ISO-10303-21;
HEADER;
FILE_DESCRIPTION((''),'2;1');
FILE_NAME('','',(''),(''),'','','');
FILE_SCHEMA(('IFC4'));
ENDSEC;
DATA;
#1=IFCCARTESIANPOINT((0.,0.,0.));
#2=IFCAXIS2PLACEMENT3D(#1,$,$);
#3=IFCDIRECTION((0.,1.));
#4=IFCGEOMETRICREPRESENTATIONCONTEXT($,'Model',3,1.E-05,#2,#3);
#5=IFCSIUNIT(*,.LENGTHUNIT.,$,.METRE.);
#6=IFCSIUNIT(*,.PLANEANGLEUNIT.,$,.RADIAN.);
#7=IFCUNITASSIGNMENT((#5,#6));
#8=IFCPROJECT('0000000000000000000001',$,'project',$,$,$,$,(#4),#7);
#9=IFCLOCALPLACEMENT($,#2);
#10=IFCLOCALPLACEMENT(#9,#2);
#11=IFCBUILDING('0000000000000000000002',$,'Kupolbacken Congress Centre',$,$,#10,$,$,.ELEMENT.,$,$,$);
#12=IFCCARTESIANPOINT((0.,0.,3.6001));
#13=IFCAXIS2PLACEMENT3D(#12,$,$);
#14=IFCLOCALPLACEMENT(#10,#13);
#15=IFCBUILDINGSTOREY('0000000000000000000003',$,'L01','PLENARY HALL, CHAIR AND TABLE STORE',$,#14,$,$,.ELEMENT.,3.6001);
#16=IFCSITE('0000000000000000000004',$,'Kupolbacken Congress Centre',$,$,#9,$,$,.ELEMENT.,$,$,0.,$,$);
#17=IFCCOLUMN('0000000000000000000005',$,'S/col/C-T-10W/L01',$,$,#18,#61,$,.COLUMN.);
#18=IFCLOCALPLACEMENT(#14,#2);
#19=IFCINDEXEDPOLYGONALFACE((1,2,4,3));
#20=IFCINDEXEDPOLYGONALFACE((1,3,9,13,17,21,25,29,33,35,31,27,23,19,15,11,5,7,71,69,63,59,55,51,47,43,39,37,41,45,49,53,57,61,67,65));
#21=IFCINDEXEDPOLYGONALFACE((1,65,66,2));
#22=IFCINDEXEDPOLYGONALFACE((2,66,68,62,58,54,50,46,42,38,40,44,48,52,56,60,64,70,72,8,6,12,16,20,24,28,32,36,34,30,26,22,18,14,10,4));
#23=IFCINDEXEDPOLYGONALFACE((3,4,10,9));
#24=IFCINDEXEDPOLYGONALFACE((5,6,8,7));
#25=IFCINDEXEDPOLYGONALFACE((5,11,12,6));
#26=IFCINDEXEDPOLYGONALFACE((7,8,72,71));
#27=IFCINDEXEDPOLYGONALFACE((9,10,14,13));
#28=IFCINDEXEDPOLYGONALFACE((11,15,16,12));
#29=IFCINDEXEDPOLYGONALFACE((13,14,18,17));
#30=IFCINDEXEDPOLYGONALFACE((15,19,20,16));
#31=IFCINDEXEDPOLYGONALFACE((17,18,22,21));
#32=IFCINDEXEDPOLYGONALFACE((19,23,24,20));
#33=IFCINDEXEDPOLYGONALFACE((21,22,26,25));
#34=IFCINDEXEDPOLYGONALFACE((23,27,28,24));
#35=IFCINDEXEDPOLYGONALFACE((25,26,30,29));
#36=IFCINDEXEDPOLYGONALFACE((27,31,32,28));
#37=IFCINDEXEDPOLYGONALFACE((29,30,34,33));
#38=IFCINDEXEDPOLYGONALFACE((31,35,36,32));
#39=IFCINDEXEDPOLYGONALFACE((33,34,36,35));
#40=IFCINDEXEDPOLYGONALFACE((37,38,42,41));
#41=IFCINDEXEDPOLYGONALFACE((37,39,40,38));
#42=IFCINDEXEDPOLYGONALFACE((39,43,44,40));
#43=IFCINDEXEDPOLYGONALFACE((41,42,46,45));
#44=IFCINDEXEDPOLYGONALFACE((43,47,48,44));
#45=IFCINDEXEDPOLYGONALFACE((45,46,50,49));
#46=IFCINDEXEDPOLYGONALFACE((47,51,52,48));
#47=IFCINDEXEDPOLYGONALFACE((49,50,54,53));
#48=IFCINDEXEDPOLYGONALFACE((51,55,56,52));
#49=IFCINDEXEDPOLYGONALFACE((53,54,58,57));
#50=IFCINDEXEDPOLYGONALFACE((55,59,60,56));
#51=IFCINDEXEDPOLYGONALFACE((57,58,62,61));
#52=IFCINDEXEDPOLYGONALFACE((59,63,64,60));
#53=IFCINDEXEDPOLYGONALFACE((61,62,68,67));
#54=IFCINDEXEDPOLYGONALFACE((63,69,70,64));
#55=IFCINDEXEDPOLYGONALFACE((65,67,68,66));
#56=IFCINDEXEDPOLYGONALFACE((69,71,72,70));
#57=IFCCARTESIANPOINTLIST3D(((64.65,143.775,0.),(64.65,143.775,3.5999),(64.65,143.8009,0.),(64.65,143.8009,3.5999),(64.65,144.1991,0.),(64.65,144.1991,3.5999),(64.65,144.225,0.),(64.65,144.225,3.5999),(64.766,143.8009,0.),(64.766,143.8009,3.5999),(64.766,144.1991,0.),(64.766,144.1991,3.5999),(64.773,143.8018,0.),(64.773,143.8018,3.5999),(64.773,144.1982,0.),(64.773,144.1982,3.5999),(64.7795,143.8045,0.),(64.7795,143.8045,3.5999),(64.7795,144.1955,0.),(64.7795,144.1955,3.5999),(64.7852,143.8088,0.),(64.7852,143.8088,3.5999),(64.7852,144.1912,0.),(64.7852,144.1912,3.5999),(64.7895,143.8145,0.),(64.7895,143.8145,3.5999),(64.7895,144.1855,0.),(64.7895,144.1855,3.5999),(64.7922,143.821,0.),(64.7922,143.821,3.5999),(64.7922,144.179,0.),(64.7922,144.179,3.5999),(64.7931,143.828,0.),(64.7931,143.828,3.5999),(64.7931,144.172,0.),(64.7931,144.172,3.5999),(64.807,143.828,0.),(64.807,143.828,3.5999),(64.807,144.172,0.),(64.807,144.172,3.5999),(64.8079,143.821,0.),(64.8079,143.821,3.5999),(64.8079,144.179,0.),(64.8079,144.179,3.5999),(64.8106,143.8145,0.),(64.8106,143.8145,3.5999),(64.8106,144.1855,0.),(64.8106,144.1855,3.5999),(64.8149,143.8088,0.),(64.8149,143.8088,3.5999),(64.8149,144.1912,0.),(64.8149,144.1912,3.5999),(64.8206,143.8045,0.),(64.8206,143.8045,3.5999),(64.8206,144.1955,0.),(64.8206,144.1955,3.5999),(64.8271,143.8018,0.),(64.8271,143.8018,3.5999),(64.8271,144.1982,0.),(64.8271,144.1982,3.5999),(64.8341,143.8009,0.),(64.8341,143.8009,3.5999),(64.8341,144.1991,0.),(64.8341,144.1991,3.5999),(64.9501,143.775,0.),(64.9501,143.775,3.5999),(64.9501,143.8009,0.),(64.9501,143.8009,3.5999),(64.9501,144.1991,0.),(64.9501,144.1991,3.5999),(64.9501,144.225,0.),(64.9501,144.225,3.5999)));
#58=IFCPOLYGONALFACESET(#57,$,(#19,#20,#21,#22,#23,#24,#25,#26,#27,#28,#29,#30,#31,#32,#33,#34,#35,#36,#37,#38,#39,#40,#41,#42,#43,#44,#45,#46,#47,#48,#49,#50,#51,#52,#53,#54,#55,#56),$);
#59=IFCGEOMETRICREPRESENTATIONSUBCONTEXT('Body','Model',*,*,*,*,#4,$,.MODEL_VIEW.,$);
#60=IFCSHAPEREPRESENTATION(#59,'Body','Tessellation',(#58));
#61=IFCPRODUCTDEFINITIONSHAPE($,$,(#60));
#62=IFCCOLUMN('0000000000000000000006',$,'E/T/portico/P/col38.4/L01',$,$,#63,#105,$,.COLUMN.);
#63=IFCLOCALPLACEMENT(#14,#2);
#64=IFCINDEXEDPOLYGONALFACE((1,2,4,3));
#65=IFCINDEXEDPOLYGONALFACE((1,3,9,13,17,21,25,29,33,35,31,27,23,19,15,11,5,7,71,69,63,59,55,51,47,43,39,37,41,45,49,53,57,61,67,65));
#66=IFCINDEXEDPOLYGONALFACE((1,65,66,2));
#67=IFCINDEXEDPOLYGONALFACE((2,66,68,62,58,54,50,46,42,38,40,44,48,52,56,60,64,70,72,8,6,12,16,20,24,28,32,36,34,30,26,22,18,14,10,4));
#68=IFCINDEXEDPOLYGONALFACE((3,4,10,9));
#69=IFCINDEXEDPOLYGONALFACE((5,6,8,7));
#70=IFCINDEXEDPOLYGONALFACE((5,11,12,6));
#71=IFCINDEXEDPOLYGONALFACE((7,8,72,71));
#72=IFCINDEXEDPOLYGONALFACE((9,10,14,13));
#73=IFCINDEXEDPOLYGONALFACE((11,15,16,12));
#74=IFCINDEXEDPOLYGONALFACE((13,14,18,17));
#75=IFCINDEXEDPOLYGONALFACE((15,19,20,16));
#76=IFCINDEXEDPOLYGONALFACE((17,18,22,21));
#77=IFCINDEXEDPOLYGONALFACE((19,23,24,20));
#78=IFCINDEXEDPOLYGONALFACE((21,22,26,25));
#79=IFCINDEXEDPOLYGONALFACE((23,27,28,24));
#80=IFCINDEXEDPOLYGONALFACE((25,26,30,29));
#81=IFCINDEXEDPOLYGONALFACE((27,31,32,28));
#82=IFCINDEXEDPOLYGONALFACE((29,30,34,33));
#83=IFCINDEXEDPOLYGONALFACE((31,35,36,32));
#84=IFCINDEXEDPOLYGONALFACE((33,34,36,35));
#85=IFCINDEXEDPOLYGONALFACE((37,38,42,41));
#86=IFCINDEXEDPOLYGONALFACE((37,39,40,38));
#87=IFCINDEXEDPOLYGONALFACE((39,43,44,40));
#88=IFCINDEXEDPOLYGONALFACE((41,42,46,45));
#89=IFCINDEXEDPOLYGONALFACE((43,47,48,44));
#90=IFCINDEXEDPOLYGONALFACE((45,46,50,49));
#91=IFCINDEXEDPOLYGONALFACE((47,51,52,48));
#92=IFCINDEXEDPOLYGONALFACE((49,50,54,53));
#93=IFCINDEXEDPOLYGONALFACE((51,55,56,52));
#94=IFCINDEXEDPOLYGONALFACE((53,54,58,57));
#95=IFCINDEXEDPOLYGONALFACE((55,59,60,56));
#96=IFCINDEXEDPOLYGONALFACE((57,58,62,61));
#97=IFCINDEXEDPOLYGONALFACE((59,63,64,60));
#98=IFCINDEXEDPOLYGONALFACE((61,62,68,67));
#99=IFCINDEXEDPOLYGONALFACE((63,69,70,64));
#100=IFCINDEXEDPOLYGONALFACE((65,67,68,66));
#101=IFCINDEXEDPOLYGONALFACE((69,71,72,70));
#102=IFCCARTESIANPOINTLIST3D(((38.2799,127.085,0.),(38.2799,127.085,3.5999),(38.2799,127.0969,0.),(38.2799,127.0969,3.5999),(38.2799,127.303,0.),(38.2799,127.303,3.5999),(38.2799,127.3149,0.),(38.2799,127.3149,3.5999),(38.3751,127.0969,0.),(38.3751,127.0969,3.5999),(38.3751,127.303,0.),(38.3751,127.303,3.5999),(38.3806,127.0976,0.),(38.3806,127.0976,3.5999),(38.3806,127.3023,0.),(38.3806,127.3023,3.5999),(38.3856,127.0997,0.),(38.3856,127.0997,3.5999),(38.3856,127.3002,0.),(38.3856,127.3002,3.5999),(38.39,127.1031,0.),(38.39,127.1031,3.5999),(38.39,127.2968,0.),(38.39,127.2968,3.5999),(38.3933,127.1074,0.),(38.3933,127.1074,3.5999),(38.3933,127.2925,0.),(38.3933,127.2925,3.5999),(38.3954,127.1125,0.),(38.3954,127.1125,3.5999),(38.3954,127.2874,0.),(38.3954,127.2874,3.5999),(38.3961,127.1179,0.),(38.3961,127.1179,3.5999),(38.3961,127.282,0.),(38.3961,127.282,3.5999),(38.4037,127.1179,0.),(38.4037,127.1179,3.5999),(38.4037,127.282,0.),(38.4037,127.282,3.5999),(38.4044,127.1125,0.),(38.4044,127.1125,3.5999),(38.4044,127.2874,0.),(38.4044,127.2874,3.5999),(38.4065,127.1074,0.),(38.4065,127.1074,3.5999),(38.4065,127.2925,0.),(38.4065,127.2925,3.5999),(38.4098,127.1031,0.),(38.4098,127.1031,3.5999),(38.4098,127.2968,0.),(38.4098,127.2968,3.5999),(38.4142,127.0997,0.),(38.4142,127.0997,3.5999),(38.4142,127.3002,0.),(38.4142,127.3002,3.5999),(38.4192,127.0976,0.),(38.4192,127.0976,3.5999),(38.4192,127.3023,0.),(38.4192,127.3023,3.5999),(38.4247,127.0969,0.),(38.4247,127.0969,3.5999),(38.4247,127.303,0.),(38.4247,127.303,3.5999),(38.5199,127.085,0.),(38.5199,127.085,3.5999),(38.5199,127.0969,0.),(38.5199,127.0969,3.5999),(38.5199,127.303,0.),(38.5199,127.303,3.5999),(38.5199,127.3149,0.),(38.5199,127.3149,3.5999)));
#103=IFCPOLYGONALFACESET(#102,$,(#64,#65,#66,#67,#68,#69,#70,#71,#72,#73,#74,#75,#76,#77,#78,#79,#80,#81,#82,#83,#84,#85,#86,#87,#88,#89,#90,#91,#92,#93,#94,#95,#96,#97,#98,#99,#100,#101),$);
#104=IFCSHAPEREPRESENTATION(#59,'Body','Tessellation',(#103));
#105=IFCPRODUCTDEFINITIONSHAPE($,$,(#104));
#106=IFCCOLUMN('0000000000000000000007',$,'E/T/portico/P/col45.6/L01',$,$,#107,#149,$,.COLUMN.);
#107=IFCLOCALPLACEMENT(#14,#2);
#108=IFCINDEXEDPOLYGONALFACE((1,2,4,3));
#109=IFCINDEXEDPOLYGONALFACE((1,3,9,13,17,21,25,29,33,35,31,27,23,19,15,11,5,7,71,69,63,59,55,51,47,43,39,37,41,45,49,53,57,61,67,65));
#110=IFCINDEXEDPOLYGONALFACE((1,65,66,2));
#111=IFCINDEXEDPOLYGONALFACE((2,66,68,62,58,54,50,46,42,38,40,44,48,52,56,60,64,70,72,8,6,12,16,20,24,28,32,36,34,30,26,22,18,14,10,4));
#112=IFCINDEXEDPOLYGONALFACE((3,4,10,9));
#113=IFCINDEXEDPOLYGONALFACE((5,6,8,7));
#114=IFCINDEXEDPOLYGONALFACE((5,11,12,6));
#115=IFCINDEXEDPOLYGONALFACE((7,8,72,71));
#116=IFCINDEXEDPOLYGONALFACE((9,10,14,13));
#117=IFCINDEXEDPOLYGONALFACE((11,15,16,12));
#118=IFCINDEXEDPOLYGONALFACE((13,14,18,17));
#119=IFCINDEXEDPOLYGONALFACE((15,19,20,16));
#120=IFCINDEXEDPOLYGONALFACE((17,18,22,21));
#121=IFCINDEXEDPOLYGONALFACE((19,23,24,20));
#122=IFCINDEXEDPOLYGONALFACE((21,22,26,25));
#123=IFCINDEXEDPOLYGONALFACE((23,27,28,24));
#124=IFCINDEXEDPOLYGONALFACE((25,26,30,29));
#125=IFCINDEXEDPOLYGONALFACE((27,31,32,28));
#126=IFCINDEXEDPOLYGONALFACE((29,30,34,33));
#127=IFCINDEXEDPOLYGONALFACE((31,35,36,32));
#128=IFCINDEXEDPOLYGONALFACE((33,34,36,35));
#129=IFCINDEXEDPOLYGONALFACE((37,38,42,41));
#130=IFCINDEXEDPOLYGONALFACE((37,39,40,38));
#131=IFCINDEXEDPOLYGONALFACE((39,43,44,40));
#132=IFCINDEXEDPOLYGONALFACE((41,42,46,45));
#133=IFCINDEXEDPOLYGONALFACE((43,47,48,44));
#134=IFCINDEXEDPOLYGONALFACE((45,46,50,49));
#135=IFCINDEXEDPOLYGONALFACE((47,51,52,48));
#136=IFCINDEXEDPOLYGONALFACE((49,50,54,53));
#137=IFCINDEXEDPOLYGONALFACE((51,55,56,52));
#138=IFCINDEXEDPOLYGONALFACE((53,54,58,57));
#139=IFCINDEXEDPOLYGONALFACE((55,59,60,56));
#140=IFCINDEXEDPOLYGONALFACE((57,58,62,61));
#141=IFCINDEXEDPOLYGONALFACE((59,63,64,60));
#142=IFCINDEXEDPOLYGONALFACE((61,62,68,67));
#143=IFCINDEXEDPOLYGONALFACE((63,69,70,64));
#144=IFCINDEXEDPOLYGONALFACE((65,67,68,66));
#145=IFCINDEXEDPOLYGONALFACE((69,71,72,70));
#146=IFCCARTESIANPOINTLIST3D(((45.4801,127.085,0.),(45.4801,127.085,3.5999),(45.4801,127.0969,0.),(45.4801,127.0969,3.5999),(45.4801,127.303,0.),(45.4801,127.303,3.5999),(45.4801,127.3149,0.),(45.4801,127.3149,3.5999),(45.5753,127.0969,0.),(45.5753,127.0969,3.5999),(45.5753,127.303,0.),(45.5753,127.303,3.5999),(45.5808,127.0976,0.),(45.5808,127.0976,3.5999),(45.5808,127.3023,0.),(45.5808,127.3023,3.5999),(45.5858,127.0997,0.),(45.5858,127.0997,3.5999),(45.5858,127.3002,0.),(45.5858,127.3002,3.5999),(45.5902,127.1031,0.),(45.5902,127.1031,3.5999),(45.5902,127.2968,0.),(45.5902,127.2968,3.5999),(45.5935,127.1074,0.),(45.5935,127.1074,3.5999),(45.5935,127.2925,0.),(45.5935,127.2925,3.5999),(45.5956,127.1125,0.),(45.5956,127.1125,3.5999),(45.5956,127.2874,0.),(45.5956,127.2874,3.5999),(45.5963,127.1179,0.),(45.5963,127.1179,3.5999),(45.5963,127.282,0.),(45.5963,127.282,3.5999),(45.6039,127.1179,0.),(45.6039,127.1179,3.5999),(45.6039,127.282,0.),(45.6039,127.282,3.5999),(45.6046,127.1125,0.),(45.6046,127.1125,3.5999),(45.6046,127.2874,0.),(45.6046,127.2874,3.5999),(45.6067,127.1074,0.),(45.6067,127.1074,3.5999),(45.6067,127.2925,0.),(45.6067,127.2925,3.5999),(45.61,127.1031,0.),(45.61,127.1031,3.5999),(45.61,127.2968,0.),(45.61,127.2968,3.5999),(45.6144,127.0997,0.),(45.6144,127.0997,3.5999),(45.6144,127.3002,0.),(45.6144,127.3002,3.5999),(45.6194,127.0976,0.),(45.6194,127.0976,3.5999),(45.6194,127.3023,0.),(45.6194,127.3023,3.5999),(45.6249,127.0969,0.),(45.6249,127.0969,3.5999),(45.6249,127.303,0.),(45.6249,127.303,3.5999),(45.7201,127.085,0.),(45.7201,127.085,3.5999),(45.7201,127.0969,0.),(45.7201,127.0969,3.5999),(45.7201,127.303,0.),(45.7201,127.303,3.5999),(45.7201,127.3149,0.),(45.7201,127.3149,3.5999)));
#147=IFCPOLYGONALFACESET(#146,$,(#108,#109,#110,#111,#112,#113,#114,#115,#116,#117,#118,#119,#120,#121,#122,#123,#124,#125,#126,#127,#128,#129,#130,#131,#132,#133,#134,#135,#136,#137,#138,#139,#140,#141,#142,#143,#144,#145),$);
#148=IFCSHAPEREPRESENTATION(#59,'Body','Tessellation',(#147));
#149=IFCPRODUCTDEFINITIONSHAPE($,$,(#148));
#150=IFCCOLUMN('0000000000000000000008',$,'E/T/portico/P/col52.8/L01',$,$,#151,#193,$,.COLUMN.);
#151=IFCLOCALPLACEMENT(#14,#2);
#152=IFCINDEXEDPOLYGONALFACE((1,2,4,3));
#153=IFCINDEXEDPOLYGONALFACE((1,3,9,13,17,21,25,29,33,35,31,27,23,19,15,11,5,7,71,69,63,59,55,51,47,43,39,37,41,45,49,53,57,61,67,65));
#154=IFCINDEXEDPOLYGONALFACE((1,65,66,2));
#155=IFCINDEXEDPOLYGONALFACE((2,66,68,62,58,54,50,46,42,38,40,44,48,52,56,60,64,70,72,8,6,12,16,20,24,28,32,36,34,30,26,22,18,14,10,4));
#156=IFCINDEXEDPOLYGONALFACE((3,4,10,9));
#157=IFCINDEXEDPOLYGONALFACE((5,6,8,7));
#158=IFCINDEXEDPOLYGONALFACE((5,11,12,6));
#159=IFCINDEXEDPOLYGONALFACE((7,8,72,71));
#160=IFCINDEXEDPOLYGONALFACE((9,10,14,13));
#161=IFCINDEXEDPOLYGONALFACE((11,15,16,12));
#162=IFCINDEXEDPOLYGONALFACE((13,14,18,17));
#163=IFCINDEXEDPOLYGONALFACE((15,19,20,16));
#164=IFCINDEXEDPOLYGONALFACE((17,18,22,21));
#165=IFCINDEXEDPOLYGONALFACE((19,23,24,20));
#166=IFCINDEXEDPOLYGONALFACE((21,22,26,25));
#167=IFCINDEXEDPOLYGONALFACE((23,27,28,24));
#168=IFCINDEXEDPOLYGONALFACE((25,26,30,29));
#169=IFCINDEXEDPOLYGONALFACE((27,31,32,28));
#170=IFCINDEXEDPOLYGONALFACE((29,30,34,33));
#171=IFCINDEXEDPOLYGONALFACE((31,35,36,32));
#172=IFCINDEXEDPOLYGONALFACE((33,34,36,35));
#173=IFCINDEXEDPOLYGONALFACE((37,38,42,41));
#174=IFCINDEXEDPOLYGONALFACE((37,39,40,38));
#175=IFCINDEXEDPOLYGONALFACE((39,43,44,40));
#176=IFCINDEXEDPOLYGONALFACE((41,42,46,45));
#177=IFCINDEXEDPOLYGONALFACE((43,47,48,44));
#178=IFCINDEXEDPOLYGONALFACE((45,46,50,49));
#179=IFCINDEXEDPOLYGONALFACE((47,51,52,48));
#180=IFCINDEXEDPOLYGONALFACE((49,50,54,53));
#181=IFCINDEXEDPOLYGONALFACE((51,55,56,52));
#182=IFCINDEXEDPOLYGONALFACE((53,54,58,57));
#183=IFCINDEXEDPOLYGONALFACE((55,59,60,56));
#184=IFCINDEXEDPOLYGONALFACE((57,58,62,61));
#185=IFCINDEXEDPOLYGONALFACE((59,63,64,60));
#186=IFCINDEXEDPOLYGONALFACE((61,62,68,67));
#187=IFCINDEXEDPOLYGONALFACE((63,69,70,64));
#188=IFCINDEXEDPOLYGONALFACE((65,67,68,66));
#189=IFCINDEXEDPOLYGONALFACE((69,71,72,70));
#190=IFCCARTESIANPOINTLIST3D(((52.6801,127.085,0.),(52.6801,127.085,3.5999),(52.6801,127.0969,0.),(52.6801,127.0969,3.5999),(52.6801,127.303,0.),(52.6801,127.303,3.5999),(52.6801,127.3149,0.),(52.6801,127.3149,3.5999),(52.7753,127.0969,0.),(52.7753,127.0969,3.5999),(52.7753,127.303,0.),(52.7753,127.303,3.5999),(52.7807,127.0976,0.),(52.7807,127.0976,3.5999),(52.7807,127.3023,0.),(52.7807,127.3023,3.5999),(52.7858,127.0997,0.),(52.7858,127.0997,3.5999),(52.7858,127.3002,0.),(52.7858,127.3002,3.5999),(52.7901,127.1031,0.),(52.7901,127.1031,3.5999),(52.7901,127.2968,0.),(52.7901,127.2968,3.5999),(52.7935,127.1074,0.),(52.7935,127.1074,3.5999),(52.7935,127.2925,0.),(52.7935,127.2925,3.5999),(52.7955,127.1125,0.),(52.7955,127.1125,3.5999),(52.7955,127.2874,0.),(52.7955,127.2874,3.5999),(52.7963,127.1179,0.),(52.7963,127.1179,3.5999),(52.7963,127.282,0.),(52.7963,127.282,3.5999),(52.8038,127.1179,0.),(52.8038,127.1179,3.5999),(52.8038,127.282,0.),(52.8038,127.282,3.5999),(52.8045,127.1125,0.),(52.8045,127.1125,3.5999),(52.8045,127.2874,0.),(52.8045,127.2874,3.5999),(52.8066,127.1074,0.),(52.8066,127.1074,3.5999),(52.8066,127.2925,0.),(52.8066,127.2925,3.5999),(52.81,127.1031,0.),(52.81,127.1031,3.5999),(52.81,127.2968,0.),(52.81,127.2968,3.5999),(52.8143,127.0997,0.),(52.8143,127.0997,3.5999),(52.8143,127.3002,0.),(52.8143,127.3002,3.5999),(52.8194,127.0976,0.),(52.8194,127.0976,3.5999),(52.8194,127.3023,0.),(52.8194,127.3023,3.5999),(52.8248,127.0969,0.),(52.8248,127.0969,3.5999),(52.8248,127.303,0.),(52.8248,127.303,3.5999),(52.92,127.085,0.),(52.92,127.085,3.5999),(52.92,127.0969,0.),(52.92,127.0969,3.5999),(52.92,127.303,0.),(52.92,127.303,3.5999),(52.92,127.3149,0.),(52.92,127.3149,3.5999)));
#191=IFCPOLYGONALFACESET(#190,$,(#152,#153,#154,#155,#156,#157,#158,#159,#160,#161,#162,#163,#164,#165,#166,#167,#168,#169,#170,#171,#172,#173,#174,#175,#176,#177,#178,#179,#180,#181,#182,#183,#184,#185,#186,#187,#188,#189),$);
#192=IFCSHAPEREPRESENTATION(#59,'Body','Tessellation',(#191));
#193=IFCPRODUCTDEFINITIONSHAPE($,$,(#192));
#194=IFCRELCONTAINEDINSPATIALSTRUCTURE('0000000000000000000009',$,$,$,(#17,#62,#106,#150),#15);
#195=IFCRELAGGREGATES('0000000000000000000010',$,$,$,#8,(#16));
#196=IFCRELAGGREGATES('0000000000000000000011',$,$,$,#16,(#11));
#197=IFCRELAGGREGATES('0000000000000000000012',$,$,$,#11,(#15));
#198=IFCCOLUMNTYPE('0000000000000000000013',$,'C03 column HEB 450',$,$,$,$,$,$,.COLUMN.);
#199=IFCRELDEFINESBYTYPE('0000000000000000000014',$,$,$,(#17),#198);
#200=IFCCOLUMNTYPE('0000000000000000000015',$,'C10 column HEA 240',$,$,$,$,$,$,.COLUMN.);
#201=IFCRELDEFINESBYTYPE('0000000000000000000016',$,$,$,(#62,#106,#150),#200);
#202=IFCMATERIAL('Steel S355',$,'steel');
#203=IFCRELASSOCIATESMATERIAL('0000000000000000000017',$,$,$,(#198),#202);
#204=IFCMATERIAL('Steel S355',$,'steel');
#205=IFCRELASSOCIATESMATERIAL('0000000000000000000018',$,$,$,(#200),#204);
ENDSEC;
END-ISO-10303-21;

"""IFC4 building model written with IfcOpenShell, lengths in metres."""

from ifc_helpers import new_model, si_unit, direction, frame, origin, origin_2d, place, context, subcontext, project, spatial, i_section, extrude, material, material_profile, profile_set, type_object, element, save


model = new_model("IFC4")

# Units and contexts
model_context = context("Model", 3, precision=1e-05, world=origin(), true_north=direction((0.0, 1.0)))
body_context = subcontext(model_context, "Body", "Model", "MODEL_VIEW")
ifc_project = project(units=[si_unit("LENGTHUNIT", "METRE"), si_unit("PLANEANGLEUNIT", "RADIAN")], contexts=[model_context])

# Site, building, storey
site_placement = place(None, origin())
site = spatial("IfcSite", under=ifc_project, at=site_placement, Name="Kupolbacken Congress Centre", CompositionType="ELEMENT", RefElevation=0.0)
building_placement = place(site_placement, origin())
building = spatial("IfcBuilding", under=site, at=building_placement, Name="Kupolbacken Congress Centre", CompositionType="ELEMENT")
storey_placement = place(building_placement, frame((0.0, 0.0, 3.6001)))
storey = spatial("IfcBuildingStorey", under=building, at=storey_placement, Name="L01", Description="PLENARY HALL, CHAIR AND TABLE STORE", CompositionType="ELEMENT", Elevation=3.6001)

# Columns
ifc_material_1 = material(Name="Steel S355", Category="steel")
ifc_material_profile_1 = material_profile(ifc_material_1, i_section(OverallWidth=0.3, OverallDepth=0.45, WebThickness=0.0139, FlangeThickness=0.0259, FilletRadius=0.0271, at=origin_2d()), Name="HEB 450")
ifc_profile_set_1 = profile_set([ifc_material_profile_1], Name="Steel S355")
column_type_1 = type_object("IfcColumnType", Name="C03 column HEB 450", PredefinedType="COLUMN", material=ifc_profile_set_1)
for number, where, z_axis, x_axis, name in (
    (1, (64.8, 144.0, 0.0), (0.0, 0.0, 1.0), (1.0, 0.0, 0.0), "S/col/C-T-10W/L01"),
):
    element("IfcColumn", number, at=place(storey_placement, frame(where, z_axis=z_axis, x_axis=x_axis)), inside=storey, type_object=column_type_1, Name=name, PredefinedType="COLUMN", context=body_context, shape_type="SweptSolid", body=[
        extrude(i_section(OverallWidth=0.3, OverallDepth=0.45, WebThickness=0.0139, FlangeThickness=0.0259, FilletRadius=0.0271, at=origin_2d()), origin(), (0.0, 0.0, 1.0), 3.5999),
    ])
ifc_material_2 = material(Name="Steel S355", Category="steel")
ifc_material_profile_2 = material_profile(ifc_material_2, i_section(OverallWidth=0.24, OverallDepth=0.23, WebThickness=0.0076, FlangeThickness=0.012, FilletRadius=0.021, at=origin_2d()), Name="HEA 240")
ifc_profile_set_2 = profile_set([ifc_material_profile_2], Name="Steel S355")
column_type_2 = type_object("IfcColumnType", Name="C10 column HEA 240", PredefinedType="COLUMN", material=ifc_profile_set_2)
for number, where, z_axis, x_axis, name in (
    (2, (38.3999, 127.2, 0.0), (0.0, 0.0, 1.0), (1.0, 0.0, 0.0), "E/T/portico/P/col38.4/L01"),
    (3, (45.6001, 127.2, 0.0), (0.0, 0.0, 1.0), (1.0, 0.0, 0.0), "E/T/portico/P/col45.6/L01"),
    (4, (52.8, 127.2, 0.0), (0.0, 0.0, 1.0), (1.0, 0.0, 0.0), "E/T/portico/P/col52.8/L01"),
):
    element("IfcColumn", number, at=place(storey_placement, frame(where, z_axis=z_axis, x_axis=x_axis)), inside=storey, type_object=column_type_2, Name=name, PredefinedType="COLUMN", context=body_context, shape_type="SweptSolid", body=[
        extrude(i_section(OverallWidth=0.24, OverallDepth=0.23, WebThickness=0.0076, FlangeThickness=0.012, FilletRadius=0.021, at=origin_2d()), origin(), (0.0, 0.0, 1.0), 3.5999),
    ])

save(model, "model.ifc")
